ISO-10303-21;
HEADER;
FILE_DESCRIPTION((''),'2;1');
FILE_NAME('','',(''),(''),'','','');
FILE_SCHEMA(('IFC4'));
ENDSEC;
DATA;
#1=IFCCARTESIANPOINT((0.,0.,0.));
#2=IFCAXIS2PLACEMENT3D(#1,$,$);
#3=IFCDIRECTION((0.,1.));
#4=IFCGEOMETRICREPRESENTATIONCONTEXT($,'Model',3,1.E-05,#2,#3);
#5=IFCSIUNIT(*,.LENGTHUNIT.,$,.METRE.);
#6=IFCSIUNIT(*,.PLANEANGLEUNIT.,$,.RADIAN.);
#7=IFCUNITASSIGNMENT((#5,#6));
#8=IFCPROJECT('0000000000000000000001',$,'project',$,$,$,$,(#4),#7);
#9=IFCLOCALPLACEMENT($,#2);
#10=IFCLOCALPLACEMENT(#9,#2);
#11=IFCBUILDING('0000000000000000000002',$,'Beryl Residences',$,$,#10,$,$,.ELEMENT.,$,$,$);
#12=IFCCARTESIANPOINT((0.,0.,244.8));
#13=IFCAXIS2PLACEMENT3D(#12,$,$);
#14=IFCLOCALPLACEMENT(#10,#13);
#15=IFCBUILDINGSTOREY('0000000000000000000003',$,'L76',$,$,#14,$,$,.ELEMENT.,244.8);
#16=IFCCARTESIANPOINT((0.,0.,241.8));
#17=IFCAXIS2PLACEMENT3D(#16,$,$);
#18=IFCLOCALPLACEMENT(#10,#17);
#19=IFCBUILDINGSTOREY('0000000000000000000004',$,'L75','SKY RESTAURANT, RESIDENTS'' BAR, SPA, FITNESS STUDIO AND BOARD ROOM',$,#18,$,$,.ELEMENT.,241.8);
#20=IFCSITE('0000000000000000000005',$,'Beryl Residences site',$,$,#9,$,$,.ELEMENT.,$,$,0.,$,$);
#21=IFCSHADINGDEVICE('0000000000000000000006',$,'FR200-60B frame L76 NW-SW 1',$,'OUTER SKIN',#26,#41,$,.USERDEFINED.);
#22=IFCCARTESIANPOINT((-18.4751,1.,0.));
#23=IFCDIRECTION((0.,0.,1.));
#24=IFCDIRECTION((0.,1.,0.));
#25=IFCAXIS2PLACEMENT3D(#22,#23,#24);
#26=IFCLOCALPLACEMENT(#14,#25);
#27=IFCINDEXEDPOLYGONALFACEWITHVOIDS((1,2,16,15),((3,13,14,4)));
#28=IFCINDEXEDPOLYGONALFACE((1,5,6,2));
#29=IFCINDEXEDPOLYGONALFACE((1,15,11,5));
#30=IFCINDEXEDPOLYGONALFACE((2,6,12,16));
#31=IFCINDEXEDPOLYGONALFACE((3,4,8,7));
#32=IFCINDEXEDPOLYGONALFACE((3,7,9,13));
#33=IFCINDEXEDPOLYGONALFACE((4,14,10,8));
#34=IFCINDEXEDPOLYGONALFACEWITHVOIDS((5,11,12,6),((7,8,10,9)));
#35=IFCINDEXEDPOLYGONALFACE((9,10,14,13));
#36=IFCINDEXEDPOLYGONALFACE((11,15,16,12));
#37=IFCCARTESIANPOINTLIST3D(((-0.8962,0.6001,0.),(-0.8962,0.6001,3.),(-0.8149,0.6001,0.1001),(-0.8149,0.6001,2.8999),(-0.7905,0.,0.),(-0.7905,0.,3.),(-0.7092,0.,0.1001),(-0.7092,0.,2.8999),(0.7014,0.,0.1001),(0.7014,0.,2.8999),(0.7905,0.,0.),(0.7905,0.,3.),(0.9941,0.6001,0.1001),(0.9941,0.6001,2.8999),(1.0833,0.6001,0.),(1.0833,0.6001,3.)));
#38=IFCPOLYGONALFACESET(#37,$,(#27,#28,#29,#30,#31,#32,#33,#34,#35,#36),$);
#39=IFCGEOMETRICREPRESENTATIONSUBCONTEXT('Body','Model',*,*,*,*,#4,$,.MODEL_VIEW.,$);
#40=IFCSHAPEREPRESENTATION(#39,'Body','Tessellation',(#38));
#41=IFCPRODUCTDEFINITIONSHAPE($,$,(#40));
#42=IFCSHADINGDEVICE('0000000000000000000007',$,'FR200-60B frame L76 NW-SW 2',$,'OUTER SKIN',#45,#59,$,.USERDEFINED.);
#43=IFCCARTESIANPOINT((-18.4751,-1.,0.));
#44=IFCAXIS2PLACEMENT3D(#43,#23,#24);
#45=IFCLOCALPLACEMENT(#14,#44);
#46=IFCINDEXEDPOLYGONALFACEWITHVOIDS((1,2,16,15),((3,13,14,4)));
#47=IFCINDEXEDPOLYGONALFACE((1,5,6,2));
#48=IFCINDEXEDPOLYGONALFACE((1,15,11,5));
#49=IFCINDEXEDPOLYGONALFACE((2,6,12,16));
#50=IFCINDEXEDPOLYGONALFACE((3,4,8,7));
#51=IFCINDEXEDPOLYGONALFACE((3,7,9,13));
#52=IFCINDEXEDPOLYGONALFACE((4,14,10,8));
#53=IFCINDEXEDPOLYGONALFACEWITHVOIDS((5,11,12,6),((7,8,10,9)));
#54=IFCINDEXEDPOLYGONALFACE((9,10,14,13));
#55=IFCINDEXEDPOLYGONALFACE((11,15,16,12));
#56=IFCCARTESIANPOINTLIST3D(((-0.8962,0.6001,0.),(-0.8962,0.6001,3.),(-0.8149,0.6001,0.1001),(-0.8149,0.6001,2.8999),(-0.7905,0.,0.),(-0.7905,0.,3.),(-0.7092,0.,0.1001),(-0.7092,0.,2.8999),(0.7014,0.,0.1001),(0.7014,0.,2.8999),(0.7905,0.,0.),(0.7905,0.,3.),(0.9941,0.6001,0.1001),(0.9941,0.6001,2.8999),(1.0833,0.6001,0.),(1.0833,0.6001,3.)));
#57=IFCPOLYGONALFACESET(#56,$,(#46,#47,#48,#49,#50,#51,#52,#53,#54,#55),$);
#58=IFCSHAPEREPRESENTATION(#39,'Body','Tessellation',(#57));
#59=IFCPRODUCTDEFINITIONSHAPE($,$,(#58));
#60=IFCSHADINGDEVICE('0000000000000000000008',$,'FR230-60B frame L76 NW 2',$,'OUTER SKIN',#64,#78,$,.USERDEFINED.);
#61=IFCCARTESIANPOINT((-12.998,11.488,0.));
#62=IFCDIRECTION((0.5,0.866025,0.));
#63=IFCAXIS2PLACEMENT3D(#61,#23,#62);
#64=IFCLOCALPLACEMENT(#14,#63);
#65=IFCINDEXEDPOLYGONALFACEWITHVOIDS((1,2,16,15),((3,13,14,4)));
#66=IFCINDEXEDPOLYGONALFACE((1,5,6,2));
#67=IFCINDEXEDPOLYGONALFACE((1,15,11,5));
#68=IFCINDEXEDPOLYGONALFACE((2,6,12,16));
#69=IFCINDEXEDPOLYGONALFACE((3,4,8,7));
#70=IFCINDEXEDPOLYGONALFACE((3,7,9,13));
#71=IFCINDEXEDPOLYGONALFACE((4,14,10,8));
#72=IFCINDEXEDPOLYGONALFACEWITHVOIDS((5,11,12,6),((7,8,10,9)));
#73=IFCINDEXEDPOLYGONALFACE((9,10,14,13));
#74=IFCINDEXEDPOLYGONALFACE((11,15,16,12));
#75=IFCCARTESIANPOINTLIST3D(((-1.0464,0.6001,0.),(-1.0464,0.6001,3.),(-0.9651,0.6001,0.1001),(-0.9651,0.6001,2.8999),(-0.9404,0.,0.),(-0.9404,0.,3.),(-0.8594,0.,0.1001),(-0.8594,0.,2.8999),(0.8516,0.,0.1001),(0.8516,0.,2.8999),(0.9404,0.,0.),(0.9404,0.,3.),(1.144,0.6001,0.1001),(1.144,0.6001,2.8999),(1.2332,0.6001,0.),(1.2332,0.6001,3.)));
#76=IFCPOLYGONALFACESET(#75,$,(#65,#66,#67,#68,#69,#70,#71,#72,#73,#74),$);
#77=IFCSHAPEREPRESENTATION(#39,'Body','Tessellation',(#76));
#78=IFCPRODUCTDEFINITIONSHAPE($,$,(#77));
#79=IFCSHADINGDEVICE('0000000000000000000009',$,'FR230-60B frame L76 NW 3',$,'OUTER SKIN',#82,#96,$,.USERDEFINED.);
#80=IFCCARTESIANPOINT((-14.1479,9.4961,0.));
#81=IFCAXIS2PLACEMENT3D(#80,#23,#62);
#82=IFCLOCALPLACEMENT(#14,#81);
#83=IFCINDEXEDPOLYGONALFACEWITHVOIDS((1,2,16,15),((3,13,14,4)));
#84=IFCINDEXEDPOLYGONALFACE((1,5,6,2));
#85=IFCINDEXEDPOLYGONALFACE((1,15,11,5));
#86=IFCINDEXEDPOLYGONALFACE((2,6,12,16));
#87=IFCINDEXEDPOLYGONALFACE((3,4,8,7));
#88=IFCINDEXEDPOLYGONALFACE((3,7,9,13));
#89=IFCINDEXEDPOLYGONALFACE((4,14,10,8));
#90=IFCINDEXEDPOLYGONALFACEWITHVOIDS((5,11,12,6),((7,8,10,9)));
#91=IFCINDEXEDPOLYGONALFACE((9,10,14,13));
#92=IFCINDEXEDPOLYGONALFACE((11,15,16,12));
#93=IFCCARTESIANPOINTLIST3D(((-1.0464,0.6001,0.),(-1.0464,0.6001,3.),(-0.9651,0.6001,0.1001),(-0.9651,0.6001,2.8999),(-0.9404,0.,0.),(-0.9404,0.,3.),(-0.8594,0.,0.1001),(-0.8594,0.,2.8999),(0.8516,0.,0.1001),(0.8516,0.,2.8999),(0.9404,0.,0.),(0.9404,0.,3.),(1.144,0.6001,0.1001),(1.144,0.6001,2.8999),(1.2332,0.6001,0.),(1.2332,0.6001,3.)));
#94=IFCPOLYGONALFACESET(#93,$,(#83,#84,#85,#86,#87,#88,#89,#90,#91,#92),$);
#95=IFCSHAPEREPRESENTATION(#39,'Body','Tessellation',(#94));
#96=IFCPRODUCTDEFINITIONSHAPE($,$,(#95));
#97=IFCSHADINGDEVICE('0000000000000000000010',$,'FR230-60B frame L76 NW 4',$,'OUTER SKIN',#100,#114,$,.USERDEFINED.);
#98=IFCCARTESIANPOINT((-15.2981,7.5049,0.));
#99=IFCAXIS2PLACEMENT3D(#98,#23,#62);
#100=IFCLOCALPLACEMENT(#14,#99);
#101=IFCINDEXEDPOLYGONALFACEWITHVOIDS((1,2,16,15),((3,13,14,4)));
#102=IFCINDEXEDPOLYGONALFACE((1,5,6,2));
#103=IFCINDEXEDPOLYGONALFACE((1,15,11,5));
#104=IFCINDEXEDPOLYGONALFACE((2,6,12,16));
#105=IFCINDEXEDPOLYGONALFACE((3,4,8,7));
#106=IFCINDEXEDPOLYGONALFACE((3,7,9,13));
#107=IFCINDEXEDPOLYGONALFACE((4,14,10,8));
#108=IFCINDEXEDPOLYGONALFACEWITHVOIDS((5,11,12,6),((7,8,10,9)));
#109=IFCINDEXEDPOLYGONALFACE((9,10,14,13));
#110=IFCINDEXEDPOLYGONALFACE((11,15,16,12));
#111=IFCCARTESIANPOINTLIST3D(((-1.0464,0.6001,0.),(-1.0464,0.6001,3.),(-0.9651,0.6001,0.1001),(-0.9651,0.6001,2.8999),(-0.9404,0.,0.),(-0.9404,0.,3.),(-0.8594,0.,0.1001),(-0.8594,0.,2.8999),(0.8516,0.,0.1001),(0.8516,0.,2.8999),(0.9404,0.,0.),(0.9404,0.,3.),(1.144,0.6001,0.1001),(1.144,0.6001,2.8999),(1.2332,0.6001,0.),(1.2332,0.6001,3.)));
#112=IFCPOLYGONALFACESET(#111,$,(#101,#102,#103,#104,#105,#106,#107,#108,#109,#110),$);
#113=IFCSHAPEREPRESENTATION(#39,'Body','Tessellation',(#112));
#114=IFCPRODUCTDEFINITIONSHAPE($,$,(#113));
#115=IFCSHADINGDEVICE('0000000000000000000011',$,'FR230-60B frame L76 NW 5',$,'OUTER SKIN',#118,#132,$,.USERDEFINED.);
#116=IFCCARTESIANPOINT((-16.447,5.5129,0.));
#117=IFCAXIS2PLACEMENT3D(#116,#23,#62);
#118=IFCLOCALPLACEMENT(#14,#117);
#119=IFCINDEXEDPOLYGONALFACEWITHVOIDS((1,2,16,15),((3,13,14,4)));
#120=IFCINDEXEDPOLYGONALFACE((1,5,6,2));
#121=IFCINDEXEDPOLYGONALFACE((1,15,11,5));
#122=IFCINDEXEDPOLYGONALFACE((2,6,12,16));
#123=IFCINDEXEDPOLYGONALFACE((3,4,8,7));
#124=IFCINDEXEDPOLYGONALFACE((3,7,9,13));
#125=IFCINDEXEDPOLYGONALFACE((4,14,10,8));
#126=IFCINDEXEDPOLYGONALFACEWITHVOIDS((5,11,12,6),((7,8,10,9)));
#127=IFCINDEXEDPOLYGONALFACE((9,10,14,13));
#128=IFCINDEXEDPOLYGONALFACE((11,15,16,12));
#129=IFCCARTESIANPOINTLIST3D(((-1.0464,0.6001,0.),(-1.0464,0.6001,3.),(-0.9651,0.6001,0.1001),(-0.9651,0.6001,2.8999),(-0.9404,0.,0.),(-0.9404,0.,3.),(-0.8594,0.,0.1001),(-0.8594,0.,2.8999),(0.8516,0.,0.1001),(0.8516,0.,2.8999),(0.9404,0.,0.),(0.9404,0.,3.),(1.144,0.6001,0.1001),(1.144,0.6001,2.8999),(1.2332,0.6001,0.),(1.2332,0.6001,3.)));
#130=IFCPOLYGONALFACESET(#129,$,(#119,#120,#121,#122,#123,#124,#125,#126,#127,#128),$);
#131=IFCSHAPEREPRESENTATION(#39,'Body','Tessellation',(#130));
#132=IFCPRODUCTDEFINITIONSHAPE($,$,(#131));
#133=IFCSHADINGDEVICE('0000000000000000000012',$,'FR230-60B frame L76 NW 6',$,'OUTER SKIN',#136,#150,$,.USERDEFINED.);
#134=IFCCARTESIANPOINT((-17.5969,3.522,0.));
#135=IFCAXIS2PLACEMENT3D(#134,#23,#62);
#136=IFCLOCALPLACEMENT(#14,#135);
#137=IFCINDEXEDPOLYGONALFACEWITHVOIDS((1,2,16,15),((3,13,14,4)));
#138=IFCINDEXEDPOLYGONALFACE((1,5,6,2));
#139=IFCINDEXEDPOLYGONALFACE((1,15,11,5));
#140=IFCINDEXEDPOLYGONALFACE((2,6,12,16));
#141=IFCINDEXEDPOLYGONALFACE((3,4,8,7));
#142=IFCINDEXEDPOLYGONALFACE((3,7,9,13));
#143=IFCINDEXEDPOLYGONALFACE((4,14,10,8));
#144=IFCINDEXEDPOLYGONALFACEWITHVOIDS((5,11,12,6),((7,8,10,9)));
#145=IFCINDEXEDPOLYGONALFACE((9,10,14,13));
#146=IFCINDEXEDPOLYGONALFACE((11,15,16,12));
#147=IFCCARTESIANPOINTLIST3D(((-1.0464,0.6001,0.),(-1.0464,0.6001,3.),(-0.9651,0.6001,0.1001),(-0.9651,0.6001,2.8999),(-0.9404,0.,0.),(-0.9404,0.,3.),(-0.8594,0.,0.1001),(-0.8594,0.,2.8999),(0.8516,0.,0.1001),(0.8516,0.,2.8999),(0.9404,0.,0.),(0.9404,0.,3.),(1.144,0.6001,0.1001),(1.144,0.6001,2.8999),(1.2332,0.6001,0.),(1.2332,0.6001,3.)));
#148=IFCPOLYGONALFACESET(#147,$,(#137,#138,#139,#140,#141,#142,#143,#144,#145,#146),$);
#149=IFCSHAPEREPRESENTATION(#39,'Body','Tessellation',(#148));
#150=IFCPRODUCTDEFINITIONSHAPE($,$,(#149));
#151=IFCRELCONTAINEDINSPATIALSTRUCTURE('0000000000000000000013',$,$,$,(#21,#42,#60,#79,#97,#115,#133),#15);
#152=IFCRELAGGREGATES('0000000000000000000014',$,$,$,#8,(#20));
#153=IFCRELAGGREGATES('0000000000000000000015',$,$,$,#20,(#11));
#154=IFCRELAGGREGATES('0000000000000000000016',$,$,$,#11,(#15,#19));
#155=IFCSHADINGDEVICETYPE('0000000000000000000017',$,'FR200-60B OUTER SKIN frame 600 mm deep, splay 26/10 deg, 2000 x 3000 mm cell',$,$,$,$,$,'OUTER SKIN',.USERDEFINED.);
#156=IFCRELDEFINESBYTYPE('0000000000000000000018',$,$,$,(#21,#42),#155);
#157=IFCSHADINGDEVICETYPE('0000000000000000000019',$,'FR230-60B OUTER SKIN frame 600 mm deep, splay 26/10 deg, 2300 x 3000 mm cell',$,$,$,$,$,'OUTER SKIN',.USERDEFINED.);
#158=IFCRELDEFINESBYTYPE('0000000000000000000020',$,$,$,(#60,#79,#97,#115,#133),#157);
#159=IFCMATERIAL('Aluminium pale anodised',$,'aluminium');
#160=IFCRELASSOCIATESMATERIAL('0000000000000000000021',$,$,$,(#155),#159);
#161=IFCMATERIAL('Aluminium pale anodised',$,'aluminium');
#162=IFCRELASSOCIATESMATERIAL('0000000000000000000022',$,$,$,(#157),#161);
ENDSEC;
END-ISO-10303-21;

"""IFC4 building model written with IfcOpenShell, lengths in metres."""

from ifc_helpers import new_model, entity, si_unit, direction, frame, origin, place, context, subcontext, project, spatial, source, transform, mapped, material, type_object, type_shapes, element, save


model = new_model("IFC4")

# Units and contexts
model_context = context("Model", 3, precision=1e-05, world=origin(), true_north=direction((0.0, 1.0)))
body_context = subcontext(model_context, "Body", "Model", "MODEL_VIEW")
ifc_project = project(units=[si_unit("LENGTHUNIT", "METRE"), si_unit("PLANEANGLEUNIT", "RADIAN")], contexts=[model_context])

# Site, building, storey
site_placement = place(None, origin())
site = spatial("IfcSite", under=ifc_project, at=site_placement, Name="Beryl Residences site", CompositionType="ELEMENT", RefElevation=0.0)
building_placement = place(site_placement, origin())
building = spatial("IfcBuilding", under=site, at=building_placement, Name="Beryl Residences", CompositionType="ELEMENT")
storey_1_placement = place(building_placement, frame((0.0, 0.0, 244.8)))
storey_1 = spatial("IfcBuildingStorey", under=building, at=storey_1_placement, Name="L76", CompositionType="ELEMENT", Elevation=244.8)

# Shared definitions
storey_2_placement = place(building_placement, frame((0.0, 0.0, 241.8)))
storey_2 = spatial("IfcBuildingStorey", under=building, at=storey_2_placement, Name="L75", Description="SKY RESTAURANT, RESIDENTS' BAR, SPA, FITNESS STUDIO AND BOARD ROOM", CompositionType="ELEMENT", Elevation=241.8)

# Shading devices
ifc_material_1 = material(Name="Aluminium pale anodised", Category="aluminium")
shading_device_type_1 = type_object("IfcShadingDeviceType", Name="FR200-60B OUTER SKIN frame 600 mm deep, splay 26/10 deg, 2000 x 3000 mm cell", ElementType="OUTER SKIN", PredefinedType="USERDEFINED", material=ifc_material_1)
cartesian_point_1 = entity("IfcCartesianPoint", [-0.7905, 0.0])
cartesian_point_2 = entity("IfcCartesianPoint", [-0.7014, 0.1001])
cartesian_point_3 = entity("IfcCartesianPoint", [-1.0833, 0.0])
cartesian_point_4 = entity("IfcCartesianPoint", [-0.9941, 0.1001])
shared_shape_1 = source(origin(), body_context, "Body", "SweptSolid", [
    entity("IfcExtrudedAreaSolidTapered", entity("IfcArbitraryProfileDefWithVoids", "AREA", None, entity("IfcPolyline", [cartesian_point_1, entity("IfcCartesianPoint", [0.7905, 0.0]), entity("IfcCartesianPoint", [0.7905, 3.0]), entity("IfcCartesianPoint", [-0.7905, 3.0]), cartesian_point_1]), [entity("IfcPolyline", [cartesian_point_2, entity("IfcCartesianPoint", [0.7092, 0.1001]), entity("IfcCartesianPoint", [0.7092, 2.8999]), entity("IfcCartesianPoint", [-0.7014, 2.8999]), cartesian_point_2])]), entity("IfcAxis2Placement3D", entity("IfcCartesianPoint", [0.0, 0.0, 0.0]), entity("IfcDirection", [0.0, 1.0, 0.0]), entity("IfcDirection", [-1.0, 0.0, 0.0])), entity("IfcDirection", [0.0, 0.0, 1.0]), 0.6001, entity("IfcArbitraryProfileDefWithVoids", "AREA", None, entity("IfcPolyline", [cartesian_point_3, entity("IfcCartesianPoint", [0.8962, 0.0]), entity("IfcCartesianPoint", [0.8962, 3.0]), entity("IfcCartesianPoint", [-1.0833, 3.0]), cartesian_point_3]), [entity("IfcPolyline", [cartesian_point_4, entity("IfcCartesianPoint", [0.8149, 0.1001]), entity("IfcCartesianPoint", [0.8149, 2.8999]), entity("IfcCartesianPoint", [-0.9941, 2.8999]), cartesian_point_4])])),
])
type_shapes(shading_device_type_1, [shared_shape_1])
for number, where, z_axis, x_axis, name in (
    (1, (-18.4751, 1.0, 0.0), (0.0, 0.0, 1.0), (0.0, 1.0, 0.0), "FR200-60B frame L76 NW-SW 1"),
    (2, (-18.4751, -1.0, 0.0), (0.0, 0.0, 1.0), (0.0, 1.0, 0.0), "FR200-60B frame L76 NW-SW 2"),
):
    element("IfcShadingDevice", number, at=place(storey_1_placement, frame(where, z_axis=z_axis, x_axis=x_axis)), inside=storey_1, type_object=shading_device_type_1, Name=name, ObjectType="OUTER SKIN", PredefinedType="USERDEFINED", context=body_context, shape_type="MappedRepresentation", body=[
        mapped(shared_shape_1, transform((0.0, 0.0, 0.0))),
    ])
ifc_material_2 = material(Name="Aluminium pale anodised", Category="aluminium")
shading_device_type_2 = type_object("IfcShadingDeviceType", Name="FR230-60B OUTER SKIN frame 600 mm deep, splay 26/10 deg, 2300 x 3000 mm cell", ElementType="OUTER SKIN", PredefinedType="USERDEFINED", material=ifc_material_2)
cartesian_point_5 = entity("IfcCartesianPoint", [-0.9404, 0.0])
cartesian_point_6 = entity("IfcCartesianPoint", [-0.8516, 0.1001])
cartesian_point_7 = entity("IfcCartesianPoint", [-1.2332, 0.0])
cartesian_point_8 = entity("IfcCartesianPoint", [-1.144, 0.1001])
shared_shape_2 = source(origin(), body_context, "Body", "SweptSolid", [
    entity("IfcExtrudedAreaSolidTapered", entity("IfcArbitraryProfileDefWithVoids", "AREA", None, entity("IfcPolyline", [cartesian_point_5, entity("IfcCartesianPoint", [0.9404, 0.0]), entity("IfcCartesianPoint", [0.9404, 3.0]), entity("IfcCartesianPoint", [-0.9404, 3.0]), cartesian_point_5]), [entity("IfcPolyline", [cartesian_point_6, entity("IfcCartesianPoint", [0.8594, 0.1001]), entity("IfcCartesianPoint", [0.8594, 2.8999]), entity("IfcCartesianPoint", [-0.8516, 2.8999]), cartesian_point_6])]), entity("IfcAxis2Placement3D", entity("IfcCartesianPoint", [0.0, 0.0, 0.0]), entity("IfcDirection", [0.0, 1.0, 0.0]), entity("IfcDirection", [-1.0, 0.0, 0.0])), entity("IfcDirection", [0.0, 0.0, 1.0]), 0.6001, entity("IfcArbitraryProfileDefWithVoids", "AREA", None, entity("IfcPolyline", [cartesian_point_7, entity("IfcCartesianPoint", [1.0464, 0.0]), entity("IfcCartesianPoint", [1.0464, 3.0]), entity("IfcCartesianPoint", [-1.2332, 3.0]), cartesian_point_7]), [entity("IfcPolyline", [cartesian_point_8, entity("IfcCartesianPoint", [0.9651, 0.1001]), entity("IfcCartesianPoint", [0.9651, 2.8999]), entity("IfcCartesianPoint", [-1.144, 2.8999]), cartesian_point_8])])),
])
type_shapes(shading_device_type_2, [shared_shape_2])
for number, where, z_axis, x_axis, name in (
    (3, (-12.998, 11.488, 0.0), (0.0, 0.0, 1.0), (0.5, 0.866025, 0.0), "FR230-60B frame L76 NW 2"),
    (4, (-14.1479, 9.4961, 0.0), (0.0, 0.0, 1.0), (0.5, 0.866025, 0.0), "FR230-60B frame L76 NW 3"),
    (5, (-15.2981, 7.5049, 0.0), (0.0, 0.0, 1.0), (0.5, 0.866025, 0.0), "FR230-60B frame L76 NW 4"),
    (6, (-16.447, 5.5129, 0.0), (0.0, 0.0, 1.0), (0.5, 0.866025, 0.0), "FR230-60B frame L76 NW 5"),
    (7, (-17.5969, 3.522, 0.0), (0.0, 0.0, 1.0), (0.5, 0.866025, 0.0), "FR230-60B frame L76 NW 6"),
):
    element("IfcShadingDevice", number, at=place(storey_1_placement, frame(where, z_axis=z_axis, x_axis=x_axis)), inside=storey_1, type_object=shading_device_type_2, Name=name, ObjectType="OUTER SKIN", PredefinedType="USERDEFINED", context=body_context, shape_type="MappedRepresentation", body=[
        mapped(shared_shape_2, transform((0.0, 0.0, 0.0))),
    ])

save(model, "model.ifc")
